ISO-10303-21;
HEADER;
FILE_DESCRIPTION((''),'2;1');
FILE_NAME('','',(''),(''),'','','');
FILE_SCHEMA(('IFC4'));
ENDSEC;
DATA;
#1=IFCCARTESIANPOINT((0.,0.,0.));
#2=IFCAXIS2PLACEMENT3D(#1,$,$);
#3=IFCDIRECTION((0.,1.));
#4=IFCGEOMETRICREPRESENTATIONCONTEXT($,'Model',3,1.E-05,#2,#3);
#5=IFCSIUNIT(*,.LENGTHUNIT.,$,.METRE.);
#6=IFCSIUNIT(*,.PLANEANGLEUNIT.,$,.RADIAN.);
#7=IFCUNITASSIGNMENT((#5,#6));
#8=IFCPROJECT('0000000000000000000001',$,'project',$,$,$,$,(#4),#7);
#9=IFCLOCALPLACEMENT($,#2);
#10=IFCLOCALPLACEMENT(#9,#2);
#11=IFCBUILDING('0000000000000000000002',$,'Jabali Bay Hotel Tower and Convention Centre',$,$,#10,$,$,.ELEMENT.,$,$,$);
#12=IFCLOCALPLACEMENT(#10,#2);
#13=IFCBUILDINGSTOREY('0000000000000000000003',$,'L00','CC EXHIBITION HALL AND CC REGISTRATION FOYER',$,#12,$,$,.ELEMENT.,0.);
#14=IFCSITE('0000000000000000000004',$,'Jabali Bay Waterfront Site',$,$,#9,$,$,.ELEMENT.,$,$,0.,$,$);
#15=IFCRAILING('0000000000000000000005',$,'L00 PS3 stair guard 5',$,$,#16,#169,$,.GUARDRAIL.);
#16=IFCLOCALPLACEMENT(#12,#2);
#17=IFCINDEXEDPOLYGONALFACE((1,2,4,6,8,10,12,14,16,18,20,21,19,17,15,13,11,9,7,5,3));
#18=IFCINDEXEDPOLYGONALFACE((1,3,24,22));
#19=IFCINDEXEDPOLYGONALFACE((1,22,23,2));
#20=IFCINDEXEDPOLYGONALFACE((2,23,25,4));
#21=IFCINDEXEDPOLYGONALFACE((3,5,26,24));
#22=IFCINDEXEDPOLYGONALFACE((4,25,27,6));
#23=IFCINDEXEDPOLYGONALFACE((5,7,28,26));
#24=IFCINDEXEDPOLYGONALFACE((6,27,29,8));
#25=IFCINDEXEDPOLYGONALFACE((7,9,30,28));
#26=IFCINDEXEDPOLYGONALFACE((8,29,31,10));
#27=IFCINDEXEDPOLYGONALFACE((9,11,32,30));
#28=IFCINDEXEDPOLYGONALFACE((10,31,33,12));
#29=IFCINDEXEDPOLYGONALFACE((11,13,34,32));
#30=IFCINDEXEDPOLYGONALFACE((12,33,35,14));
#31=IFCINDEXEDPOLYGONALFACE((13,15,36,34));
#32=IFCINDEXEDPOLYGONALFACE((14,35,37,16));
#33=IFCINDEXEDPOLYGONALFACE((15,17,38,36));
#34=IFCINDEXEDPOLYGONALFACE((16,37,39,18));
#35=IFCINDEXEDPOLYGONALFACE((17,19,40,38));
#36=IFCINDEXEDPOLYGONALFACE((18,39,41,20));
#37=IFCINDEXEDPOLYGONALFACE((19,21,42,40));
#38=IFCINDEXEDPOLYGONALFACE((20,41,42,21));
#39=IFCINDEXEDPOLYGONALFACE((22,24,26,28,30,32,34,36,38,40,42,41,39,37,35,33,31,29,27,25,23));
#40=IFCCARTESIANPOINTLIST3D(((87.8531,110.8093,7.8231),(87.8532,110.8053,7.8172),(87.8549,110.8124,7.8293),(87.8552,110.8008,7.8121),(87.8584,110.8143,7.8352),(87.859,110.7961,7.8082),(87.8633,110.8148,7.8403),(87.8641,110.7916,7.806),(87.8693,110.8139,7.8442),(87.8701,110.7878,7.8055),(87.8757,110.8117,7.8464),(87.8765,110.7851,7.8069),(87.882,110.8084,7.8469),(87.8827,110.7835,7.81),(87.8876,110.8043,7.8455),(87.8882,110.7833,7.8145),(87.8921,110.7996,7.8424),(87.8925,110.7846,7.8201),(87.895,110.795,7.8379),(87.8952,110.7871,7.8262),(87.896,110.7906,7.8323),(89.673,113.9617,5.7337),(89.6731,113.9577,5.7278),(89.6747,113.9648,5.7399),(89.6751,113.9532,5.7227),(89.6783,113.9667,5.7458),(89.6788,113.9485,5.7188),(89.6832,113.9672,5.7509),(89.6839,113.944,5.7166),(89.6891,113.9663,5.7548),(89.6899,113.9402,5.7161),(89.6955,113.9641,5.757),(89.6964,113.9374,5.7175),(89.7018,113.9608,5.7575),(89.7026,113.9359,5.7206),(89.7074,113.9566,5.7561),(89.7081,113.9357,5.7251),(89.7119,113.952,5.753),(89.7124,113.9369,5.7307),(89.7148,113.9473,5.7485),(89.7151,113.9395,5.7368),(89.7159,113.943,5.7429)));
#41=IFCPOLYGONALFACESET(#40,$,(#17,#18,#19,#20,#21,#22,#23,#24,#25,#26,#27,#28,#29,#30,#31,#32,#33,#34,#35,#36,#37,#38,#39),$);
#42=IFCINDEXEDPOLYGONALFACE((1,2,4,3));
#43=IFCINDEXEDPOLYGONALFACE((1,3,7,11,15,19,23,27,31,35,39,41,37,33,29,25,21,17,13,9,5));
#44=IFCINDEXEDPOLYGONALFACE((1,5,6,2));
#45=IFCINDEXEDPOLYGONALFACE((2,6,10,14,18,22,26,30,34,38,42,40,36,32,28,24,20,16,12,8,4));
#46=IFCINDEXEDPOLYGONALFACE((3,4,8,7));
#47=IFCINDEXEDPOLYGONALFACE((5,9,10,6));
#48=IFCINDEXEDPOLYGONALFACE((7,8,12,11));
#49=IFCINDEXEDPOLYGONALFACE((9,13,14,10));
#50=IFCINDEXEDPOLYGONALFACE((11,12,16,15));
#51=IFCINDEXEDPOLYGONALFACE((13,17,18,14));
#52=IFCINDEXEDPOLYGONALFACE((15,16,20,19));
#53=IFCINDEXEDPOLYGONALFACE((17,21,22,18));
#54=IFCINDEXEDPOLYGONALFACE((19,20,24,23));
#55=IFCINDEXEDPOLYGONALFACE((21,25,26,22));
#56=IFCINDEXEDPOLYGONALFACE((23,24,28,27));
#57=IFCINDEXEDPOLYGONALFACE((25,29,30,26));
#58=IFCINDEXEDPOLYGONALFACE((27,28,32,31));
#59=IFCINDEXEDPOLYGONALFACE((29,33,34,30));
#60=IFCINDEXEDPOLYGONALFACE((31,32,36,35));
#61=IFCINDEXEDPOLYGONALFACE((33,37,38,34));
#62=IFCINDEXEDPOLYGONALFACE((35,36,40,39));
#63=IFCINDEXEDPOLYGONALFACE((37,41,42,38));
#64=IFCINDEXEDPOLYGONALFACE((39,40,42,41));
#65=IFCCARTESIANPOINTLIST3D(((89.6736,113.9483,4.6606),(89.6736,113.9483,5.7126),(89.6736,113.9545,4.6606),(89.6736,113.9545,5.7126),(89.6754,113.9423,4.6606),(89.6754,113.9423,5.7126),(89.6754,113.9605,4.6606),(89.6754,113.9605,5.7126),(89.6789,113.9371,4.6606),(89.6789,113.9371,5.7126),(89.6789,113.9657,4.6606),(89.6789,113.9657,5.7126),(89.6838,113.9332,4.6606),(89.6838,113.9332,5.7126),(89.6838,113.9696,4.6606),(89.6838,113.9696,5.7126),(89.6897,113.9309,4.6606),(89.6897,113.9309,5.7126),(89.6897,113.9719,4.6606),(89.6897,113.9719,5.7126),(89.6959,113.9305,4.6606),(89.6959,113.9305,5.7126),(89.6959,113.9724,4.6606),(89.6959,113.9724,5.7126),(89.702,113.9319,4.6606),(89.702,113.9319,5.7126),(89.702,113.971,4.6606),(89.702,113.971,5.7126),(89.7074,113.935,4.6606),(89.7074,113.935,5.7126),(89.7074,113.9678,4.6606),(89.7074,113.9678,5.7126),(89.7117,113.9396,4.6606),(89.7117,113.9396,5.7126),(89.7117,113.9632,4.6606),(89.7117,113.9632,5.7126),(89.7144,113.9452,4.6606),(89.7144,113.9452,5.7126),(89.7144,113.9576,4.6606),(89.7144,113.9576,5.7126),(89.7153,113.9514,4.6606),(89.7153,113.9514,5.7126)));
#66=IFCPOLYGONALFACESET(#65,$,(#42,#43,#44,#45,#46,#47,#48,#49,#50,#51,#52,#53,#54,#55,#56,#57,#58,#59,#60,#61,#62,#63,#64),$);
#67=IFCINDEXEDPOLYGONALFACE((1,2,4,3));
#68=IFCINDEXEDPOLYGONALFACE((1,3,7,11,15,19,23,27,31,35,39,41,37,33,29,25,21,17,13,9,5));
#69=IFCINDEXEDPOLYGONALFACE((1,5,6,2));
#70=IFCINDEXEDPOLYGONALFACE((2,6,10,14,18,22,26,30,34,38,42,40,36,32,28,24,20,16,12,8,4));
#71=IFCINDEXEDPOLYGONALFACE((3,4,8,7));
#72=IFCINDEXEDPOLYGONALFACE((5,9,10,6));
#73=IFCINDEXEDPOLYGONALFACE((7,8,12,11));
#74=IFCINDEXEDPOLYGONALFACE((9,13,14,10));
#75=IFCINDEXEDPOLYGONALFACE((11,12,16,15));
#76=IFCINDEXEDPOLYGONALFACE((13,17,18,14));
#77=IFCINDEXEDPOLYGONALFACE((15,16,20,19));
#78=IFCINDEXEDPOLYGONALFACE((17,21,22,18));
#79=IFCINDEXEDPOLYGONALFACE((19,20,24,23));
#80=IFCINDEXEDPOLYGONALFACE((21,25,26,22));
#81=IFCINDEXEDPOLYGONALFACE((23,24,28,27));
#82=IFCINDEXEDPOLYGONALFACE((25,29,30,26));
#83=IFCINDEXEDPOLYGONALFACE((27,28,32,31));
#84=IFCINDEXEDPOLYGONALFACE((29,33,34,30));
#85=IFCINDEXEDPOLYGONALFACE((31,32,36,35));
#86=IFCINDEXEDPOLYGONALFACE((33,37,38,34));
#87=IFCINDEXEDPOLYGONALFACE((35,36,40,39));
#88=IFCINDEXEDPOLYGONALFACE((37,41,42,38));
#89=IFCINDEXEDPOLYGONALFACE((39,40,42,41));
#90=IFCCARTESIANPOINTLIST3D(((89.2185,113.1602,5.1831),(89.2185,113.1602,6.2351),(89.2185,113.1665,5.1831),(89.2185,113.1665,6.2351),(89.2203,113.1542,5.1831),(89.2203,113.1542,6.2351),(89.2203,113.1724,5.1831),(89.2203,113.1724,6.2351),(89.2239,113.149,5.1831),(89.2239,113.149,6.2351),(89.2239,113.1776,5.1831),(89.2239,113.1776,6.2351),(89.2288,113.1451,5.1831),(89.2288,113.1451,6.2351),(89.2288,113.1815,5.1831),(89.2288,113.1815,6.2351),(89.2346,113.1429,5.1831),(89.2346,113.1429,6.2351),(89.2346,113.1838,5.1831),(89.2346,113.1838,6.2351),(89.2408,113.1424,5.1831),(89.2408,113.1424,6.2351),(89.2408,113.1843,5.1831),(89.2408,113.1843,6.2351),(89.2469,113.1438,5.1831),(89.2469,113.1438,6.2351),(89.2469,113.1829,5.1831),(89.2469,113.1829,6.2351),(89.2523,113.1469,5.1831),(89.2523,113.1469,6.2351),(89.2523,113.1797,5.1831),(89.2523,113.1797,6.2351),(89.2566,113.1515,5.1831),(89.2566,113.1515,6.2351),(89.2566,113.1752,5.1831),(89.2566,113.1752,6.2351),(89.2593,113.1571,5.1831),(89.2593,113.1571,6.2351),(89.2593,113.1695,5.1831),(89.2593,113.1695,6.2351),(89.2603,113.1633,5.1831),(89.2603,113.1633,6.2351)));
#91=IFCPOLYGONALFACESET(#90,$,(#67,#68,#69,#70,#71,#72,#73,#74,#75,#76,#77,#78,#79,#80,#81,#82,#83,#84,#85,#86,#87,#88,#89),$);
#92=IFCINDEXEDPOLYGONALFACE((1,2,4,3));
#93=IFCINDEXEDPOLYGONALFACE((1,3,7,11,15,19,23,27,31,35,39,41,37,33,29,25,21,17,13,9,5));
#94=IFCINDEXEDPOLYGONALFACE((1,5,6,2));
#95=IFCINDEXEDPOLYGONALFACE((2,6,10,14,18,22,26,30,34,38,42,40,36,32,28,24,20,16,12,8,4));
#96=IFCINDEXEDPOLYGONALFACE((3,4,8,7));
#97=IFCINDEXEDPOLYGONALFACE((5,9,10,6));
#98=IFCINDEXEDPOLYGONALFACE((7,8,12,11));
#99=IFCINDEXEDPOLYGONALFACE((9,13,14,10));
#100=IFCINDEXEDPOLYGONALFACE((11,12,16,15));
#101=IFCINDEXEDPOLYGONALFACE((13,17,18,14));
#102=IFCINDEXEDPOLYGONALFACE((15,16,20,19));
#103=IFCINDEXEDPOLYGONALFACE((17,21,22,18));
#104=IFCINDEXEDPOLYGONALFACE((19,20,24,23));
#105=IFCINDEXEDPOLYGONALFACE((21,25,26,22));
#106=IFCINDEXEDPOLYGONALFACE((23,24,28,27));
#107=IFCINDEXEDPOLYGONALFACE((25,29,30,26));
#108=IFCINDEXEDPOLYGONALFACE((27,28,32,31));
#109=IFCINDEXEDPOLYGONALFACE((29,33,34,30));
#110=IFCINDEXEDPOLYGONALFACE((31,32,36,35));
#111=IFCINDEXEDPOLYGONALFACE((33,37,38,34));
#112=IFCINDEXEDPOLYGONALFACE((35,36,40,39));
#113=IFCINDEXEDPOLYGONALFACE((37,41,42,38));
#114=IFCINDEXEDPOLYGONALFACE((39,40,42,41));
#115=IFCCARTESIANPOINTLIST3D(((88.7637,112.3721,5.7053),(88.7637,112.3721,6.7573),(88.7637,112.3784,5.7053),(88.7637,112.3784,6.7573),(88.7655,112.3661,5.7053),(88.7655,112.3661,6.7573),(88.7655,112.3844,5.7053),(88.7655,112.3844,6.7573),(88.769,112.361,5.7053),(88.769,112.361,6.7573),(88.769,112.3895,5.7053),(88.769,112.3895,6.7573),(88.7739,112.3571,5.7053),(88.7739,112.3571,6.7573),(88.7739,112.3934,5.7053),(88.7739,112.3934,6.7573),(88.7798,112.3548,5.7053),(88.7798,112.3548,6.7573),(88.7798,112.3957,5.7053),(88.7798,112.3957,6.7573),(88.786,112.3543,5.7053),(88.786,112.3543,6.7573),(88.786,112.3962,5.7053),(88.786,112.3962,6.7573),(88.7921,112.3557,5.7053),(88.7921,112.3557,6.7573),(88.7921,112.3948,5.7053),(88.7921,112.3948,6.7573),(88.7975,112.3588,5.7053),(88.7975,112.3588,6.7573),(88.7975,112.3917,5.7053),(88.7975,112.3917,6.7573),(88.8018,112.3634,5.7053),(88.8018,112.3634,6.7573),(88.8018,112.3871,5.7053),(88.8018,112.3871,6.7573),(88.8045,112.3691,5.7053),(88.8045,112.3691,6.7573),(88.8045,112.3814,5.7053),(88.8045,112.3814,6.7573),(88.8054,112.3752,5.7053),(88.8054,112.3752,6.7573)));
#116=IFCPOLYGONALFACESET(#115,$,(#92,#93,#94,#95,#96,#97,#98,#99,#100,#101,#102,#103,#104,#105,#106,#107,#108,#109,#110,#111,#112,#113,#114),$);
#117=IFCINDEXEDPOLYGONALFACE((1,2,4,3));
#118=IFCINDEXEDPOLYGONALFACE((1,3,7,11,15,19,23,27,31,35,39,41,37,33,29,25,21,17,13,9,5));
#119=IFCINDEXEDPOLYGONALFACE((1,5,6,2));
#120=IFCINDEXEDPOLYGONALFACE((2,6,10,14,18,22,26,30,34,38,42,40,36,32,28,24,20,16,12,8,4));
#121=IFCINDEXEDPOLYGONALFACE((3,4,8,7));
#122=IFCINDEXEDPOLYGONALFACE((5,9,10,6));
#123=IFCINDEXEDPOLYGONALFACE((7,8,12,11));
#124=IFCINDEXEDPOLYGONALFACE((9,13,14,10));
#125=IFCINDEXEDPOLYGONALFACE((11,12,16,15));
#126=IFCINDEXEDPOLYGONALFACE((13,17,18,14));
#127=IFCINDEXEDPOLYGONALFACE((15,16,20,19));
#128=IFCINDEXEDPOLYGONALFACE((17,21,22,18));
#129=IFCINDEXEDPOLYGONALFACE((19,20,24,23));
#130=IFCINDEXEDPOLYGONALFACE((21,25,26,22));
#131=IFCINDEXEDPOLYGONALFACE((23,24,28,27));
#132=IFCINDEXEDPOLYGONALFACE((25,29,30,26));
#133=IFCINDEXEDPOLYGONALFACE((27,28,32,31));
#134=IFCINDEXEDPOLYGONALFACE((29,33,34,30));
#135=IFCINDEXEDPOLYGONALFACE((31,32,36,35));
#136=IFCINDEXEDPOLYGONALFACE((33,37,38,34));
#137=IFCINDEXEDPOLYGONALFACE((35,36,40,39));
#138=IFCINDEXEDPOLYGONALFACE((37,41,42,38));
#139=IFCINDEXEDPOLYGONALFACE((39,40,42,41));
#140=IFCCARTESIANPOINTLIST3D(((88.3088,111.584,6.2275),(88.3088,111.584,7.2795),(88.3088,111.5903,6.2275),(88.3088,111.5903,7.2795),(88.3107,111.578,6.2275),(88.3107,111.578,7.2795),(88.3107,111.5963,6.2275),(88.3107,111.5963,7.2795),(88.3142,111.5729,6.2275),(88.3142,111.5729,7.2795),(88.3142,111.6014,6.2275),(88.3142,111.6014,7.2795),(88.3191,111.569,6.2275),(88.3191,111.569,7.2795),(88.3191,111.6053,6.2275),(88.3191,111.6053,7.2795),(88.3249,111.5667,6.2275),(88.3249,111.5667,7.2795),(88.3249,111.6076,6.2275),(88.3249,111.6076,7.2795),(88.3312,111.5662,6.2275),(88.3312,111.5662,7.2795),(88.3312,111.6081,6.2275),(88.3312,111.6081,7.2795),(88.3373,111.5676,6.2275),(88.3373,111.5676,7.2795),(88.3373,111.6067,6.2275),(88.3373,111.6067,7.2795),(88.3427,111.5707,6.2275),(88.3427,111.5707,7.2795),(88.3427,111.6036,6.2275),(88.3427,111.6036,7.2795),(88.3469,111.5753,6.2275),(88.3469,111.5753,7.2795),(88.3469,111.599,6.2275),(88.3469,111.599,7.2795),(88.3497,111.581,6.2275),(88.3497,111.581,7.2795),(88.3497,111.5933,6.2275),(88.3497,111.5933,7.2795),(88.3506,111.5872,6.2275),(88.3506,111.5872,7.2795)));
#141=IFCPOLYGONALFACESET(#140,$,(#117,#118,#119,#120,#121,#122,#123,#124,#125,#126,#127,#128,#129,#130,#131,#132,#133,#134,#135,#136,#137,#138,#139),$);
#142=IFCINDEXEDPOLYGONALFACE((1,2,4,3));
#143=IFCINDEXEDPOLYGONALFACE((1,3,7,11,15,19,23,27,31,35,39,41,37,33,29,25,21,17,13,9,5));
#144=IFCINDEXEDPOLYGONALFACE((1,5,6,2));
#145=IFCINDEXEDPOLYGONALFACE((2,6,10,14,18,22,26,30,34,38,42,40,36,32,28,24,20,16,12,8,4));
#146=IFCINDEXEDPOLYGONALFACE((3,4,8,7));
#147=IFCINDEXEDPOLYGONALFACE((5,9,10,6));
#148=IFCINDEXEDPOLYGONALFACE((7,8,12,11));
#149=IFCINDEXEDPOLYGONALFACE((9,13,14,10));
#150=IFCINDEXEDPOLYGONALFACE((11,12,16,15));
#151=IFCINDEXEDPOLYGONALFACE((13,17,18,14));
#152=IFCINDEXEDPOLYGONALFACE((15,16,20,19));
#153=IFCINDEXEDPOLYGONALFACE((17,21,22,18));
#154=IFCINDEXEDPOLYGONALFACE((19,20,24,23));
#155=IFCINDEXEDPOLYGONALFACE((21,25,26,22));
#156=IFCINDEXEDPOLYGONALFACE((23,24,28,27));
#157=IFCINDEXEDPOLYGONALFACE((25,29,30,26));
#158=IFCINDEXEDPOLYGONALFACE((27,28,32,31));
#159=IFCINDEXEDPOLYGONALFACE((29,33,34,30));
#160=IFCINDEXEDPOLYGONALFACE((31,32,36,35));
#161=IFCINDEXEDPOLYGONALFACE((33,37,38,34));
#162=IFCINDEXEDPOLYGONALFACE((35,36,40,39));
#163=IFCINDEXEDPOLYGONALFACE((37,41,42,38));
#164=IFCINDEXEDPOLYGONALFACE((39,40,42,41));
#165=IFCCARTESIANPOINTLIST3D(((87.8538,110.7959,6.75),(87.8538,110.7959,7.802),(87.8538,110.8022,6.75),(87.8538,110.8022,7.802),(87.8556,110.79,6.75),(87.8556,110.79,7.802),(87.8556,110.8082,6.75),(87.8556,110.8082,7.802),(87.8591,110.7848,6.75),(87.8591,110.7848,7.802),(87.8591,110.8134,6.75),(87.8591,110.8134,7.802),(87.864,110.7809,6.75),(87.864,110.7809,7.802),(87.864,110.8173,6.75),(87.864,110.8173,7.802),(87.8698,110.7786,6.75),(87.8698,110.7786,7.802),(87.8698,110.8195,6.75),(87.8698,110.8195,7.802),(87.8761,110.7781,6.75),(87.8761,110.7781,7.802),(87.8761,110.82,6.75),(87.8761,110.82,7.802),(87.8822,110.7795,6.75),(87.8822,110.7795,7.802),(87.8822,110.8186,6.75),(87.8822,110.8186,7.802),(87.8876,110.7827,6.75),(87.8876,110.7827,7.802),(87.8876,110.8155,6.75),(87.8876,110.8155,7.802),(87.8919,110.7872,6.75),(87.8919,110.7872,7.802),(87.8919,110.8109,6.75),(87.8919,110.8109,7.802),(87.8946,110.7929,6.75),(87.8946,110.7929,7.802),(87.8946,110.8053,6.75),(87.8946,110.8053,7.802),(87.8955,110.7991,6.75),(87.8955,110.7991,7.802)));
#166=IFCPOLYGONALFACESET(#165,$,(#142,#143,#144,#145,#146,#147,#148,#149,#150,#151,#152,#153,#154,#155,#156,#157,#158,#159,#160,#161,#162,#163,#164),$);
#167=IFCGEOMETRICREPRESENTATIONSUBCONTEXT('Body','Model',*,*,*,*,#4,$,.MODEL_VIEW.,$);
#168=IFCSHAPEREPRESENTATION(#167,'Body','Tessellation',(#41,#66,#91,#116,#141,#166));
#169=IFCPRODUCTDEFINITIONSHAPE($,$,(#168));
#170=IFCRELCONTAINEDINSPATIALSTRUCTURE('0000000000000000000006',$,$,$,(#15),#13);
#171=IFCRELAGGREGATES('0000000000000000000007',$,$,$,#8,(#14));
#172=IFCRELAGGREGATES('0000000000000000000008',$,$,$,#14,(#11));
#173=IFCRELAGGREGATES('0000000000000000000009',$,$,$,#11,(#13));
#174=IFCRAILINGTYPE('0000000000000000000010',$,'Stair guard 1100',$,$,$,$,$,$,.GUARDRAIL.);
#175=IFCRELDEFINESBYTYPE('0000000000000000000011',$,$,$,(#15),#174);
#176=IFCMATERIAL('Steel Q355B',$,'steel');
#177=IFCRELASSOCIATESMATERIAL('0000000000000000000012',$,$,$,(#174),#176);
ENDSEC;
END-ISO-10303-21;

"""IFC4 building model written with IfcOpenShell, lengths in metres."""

from ifc_helpers import new_model, si_unit, direction, frame, origin, origin_2d, place, context, subcontext, project, spatial, circle, extrude, material, type_object, element, save


model = new_model("IFC4")

# Units and contexts
model_context = context("Model", 3, precision=1e-05, world=origin(), true_north=direction((0.0, 1.0)))
body_context = subcontext(model_context, "Body", "Model", "MODEL_VIEW")
ifc_project = project(units=[si_unit("LENGTHUNIT", "METRE"), si_unit("PLANEANGLEUNIT", "RADIAN")], contexts=[model_context])

# Site, building, storey
site_placement = place(None, origin())
site = spatial("IfcSite", under=ifc_project, at=site_placement, Name="Jabali Bay Waterfront Site", CompositionType="ELEMENT", RefElevation=0.0)
building_placement = place(site_placement, origin())
building = spatial("IfcBuilding", under=site, at=building_placement, Name="Jabali Bay Hotel Tower and Convention Centre", CompositionType="ELEMENT")
storey_placement = place(building_placement, origin())
storey = spatial("IfcBuildingStorey", under=building, at=storey_placement, Name="L00", Description="CC EXHIBITION HALL AND CC REGISTRATION FOYER", CompositionType="ELEMENT", Elevation=0.0)

# Railing
ifc_material_1 = material(Name="Steel Q355B", Category="steel")
railing_type_1 = type_object("IfcRailingType", Name="Stair guard 1100", PredefinedType="GUARDRAIL", material=ifc_material_1)
railing_1_placement = place(storey_placement, frame((89.6943, 113.9514, 4.6606)))
element("IfcRailing", 1, at=railing_1_placement, inside=storey, type_object=railing_type_1, Name="L00 PS3 stair guard 5", PredefinedType="GUARDRAIL", context=body_context, shape_type="SweptSolid", body=[
    extrude(circle(Radius=0.0239, at=origin_2d()), frame((0.0, 0.0, 1.0762), z_axis=(-0.433606, -0.751102, 0.497826), x_axis=(0.866047, -0.499962, 0.0)), (0.0, 0.0, 1.0), 4.197),
    extrude(circle(Radius=0.021, at=origin_2d()), origin(), (0.0, 0.0, 1.0), 1.052),
    extrude(circle(Radius=0.021, at=origin_2d()), frame((-0.4551, -0.7881, 0.5225)), (0.0, 0.0, 1.0), 1.052),
    extrude(circle(Radius=0.021, at=origin_2d()), frame((-0.9099, -1.5762, 1.0447)), (0.0, 0.0, 1.0), 1.052),
    extrude(circle(Radius=0.021, at=origin_2d()), frame((-1.3647, -2.3643, 1.5669)), (0.0, 0.0, 1.0), 1.052),
    extrude(circle(Radius=0.021, at=origin_2d()), frame((-1.8198, -3.1523, 2.0894)), (0.0, 0.0, 1.0), 1.052),
])

save(model, "model.ifc")
